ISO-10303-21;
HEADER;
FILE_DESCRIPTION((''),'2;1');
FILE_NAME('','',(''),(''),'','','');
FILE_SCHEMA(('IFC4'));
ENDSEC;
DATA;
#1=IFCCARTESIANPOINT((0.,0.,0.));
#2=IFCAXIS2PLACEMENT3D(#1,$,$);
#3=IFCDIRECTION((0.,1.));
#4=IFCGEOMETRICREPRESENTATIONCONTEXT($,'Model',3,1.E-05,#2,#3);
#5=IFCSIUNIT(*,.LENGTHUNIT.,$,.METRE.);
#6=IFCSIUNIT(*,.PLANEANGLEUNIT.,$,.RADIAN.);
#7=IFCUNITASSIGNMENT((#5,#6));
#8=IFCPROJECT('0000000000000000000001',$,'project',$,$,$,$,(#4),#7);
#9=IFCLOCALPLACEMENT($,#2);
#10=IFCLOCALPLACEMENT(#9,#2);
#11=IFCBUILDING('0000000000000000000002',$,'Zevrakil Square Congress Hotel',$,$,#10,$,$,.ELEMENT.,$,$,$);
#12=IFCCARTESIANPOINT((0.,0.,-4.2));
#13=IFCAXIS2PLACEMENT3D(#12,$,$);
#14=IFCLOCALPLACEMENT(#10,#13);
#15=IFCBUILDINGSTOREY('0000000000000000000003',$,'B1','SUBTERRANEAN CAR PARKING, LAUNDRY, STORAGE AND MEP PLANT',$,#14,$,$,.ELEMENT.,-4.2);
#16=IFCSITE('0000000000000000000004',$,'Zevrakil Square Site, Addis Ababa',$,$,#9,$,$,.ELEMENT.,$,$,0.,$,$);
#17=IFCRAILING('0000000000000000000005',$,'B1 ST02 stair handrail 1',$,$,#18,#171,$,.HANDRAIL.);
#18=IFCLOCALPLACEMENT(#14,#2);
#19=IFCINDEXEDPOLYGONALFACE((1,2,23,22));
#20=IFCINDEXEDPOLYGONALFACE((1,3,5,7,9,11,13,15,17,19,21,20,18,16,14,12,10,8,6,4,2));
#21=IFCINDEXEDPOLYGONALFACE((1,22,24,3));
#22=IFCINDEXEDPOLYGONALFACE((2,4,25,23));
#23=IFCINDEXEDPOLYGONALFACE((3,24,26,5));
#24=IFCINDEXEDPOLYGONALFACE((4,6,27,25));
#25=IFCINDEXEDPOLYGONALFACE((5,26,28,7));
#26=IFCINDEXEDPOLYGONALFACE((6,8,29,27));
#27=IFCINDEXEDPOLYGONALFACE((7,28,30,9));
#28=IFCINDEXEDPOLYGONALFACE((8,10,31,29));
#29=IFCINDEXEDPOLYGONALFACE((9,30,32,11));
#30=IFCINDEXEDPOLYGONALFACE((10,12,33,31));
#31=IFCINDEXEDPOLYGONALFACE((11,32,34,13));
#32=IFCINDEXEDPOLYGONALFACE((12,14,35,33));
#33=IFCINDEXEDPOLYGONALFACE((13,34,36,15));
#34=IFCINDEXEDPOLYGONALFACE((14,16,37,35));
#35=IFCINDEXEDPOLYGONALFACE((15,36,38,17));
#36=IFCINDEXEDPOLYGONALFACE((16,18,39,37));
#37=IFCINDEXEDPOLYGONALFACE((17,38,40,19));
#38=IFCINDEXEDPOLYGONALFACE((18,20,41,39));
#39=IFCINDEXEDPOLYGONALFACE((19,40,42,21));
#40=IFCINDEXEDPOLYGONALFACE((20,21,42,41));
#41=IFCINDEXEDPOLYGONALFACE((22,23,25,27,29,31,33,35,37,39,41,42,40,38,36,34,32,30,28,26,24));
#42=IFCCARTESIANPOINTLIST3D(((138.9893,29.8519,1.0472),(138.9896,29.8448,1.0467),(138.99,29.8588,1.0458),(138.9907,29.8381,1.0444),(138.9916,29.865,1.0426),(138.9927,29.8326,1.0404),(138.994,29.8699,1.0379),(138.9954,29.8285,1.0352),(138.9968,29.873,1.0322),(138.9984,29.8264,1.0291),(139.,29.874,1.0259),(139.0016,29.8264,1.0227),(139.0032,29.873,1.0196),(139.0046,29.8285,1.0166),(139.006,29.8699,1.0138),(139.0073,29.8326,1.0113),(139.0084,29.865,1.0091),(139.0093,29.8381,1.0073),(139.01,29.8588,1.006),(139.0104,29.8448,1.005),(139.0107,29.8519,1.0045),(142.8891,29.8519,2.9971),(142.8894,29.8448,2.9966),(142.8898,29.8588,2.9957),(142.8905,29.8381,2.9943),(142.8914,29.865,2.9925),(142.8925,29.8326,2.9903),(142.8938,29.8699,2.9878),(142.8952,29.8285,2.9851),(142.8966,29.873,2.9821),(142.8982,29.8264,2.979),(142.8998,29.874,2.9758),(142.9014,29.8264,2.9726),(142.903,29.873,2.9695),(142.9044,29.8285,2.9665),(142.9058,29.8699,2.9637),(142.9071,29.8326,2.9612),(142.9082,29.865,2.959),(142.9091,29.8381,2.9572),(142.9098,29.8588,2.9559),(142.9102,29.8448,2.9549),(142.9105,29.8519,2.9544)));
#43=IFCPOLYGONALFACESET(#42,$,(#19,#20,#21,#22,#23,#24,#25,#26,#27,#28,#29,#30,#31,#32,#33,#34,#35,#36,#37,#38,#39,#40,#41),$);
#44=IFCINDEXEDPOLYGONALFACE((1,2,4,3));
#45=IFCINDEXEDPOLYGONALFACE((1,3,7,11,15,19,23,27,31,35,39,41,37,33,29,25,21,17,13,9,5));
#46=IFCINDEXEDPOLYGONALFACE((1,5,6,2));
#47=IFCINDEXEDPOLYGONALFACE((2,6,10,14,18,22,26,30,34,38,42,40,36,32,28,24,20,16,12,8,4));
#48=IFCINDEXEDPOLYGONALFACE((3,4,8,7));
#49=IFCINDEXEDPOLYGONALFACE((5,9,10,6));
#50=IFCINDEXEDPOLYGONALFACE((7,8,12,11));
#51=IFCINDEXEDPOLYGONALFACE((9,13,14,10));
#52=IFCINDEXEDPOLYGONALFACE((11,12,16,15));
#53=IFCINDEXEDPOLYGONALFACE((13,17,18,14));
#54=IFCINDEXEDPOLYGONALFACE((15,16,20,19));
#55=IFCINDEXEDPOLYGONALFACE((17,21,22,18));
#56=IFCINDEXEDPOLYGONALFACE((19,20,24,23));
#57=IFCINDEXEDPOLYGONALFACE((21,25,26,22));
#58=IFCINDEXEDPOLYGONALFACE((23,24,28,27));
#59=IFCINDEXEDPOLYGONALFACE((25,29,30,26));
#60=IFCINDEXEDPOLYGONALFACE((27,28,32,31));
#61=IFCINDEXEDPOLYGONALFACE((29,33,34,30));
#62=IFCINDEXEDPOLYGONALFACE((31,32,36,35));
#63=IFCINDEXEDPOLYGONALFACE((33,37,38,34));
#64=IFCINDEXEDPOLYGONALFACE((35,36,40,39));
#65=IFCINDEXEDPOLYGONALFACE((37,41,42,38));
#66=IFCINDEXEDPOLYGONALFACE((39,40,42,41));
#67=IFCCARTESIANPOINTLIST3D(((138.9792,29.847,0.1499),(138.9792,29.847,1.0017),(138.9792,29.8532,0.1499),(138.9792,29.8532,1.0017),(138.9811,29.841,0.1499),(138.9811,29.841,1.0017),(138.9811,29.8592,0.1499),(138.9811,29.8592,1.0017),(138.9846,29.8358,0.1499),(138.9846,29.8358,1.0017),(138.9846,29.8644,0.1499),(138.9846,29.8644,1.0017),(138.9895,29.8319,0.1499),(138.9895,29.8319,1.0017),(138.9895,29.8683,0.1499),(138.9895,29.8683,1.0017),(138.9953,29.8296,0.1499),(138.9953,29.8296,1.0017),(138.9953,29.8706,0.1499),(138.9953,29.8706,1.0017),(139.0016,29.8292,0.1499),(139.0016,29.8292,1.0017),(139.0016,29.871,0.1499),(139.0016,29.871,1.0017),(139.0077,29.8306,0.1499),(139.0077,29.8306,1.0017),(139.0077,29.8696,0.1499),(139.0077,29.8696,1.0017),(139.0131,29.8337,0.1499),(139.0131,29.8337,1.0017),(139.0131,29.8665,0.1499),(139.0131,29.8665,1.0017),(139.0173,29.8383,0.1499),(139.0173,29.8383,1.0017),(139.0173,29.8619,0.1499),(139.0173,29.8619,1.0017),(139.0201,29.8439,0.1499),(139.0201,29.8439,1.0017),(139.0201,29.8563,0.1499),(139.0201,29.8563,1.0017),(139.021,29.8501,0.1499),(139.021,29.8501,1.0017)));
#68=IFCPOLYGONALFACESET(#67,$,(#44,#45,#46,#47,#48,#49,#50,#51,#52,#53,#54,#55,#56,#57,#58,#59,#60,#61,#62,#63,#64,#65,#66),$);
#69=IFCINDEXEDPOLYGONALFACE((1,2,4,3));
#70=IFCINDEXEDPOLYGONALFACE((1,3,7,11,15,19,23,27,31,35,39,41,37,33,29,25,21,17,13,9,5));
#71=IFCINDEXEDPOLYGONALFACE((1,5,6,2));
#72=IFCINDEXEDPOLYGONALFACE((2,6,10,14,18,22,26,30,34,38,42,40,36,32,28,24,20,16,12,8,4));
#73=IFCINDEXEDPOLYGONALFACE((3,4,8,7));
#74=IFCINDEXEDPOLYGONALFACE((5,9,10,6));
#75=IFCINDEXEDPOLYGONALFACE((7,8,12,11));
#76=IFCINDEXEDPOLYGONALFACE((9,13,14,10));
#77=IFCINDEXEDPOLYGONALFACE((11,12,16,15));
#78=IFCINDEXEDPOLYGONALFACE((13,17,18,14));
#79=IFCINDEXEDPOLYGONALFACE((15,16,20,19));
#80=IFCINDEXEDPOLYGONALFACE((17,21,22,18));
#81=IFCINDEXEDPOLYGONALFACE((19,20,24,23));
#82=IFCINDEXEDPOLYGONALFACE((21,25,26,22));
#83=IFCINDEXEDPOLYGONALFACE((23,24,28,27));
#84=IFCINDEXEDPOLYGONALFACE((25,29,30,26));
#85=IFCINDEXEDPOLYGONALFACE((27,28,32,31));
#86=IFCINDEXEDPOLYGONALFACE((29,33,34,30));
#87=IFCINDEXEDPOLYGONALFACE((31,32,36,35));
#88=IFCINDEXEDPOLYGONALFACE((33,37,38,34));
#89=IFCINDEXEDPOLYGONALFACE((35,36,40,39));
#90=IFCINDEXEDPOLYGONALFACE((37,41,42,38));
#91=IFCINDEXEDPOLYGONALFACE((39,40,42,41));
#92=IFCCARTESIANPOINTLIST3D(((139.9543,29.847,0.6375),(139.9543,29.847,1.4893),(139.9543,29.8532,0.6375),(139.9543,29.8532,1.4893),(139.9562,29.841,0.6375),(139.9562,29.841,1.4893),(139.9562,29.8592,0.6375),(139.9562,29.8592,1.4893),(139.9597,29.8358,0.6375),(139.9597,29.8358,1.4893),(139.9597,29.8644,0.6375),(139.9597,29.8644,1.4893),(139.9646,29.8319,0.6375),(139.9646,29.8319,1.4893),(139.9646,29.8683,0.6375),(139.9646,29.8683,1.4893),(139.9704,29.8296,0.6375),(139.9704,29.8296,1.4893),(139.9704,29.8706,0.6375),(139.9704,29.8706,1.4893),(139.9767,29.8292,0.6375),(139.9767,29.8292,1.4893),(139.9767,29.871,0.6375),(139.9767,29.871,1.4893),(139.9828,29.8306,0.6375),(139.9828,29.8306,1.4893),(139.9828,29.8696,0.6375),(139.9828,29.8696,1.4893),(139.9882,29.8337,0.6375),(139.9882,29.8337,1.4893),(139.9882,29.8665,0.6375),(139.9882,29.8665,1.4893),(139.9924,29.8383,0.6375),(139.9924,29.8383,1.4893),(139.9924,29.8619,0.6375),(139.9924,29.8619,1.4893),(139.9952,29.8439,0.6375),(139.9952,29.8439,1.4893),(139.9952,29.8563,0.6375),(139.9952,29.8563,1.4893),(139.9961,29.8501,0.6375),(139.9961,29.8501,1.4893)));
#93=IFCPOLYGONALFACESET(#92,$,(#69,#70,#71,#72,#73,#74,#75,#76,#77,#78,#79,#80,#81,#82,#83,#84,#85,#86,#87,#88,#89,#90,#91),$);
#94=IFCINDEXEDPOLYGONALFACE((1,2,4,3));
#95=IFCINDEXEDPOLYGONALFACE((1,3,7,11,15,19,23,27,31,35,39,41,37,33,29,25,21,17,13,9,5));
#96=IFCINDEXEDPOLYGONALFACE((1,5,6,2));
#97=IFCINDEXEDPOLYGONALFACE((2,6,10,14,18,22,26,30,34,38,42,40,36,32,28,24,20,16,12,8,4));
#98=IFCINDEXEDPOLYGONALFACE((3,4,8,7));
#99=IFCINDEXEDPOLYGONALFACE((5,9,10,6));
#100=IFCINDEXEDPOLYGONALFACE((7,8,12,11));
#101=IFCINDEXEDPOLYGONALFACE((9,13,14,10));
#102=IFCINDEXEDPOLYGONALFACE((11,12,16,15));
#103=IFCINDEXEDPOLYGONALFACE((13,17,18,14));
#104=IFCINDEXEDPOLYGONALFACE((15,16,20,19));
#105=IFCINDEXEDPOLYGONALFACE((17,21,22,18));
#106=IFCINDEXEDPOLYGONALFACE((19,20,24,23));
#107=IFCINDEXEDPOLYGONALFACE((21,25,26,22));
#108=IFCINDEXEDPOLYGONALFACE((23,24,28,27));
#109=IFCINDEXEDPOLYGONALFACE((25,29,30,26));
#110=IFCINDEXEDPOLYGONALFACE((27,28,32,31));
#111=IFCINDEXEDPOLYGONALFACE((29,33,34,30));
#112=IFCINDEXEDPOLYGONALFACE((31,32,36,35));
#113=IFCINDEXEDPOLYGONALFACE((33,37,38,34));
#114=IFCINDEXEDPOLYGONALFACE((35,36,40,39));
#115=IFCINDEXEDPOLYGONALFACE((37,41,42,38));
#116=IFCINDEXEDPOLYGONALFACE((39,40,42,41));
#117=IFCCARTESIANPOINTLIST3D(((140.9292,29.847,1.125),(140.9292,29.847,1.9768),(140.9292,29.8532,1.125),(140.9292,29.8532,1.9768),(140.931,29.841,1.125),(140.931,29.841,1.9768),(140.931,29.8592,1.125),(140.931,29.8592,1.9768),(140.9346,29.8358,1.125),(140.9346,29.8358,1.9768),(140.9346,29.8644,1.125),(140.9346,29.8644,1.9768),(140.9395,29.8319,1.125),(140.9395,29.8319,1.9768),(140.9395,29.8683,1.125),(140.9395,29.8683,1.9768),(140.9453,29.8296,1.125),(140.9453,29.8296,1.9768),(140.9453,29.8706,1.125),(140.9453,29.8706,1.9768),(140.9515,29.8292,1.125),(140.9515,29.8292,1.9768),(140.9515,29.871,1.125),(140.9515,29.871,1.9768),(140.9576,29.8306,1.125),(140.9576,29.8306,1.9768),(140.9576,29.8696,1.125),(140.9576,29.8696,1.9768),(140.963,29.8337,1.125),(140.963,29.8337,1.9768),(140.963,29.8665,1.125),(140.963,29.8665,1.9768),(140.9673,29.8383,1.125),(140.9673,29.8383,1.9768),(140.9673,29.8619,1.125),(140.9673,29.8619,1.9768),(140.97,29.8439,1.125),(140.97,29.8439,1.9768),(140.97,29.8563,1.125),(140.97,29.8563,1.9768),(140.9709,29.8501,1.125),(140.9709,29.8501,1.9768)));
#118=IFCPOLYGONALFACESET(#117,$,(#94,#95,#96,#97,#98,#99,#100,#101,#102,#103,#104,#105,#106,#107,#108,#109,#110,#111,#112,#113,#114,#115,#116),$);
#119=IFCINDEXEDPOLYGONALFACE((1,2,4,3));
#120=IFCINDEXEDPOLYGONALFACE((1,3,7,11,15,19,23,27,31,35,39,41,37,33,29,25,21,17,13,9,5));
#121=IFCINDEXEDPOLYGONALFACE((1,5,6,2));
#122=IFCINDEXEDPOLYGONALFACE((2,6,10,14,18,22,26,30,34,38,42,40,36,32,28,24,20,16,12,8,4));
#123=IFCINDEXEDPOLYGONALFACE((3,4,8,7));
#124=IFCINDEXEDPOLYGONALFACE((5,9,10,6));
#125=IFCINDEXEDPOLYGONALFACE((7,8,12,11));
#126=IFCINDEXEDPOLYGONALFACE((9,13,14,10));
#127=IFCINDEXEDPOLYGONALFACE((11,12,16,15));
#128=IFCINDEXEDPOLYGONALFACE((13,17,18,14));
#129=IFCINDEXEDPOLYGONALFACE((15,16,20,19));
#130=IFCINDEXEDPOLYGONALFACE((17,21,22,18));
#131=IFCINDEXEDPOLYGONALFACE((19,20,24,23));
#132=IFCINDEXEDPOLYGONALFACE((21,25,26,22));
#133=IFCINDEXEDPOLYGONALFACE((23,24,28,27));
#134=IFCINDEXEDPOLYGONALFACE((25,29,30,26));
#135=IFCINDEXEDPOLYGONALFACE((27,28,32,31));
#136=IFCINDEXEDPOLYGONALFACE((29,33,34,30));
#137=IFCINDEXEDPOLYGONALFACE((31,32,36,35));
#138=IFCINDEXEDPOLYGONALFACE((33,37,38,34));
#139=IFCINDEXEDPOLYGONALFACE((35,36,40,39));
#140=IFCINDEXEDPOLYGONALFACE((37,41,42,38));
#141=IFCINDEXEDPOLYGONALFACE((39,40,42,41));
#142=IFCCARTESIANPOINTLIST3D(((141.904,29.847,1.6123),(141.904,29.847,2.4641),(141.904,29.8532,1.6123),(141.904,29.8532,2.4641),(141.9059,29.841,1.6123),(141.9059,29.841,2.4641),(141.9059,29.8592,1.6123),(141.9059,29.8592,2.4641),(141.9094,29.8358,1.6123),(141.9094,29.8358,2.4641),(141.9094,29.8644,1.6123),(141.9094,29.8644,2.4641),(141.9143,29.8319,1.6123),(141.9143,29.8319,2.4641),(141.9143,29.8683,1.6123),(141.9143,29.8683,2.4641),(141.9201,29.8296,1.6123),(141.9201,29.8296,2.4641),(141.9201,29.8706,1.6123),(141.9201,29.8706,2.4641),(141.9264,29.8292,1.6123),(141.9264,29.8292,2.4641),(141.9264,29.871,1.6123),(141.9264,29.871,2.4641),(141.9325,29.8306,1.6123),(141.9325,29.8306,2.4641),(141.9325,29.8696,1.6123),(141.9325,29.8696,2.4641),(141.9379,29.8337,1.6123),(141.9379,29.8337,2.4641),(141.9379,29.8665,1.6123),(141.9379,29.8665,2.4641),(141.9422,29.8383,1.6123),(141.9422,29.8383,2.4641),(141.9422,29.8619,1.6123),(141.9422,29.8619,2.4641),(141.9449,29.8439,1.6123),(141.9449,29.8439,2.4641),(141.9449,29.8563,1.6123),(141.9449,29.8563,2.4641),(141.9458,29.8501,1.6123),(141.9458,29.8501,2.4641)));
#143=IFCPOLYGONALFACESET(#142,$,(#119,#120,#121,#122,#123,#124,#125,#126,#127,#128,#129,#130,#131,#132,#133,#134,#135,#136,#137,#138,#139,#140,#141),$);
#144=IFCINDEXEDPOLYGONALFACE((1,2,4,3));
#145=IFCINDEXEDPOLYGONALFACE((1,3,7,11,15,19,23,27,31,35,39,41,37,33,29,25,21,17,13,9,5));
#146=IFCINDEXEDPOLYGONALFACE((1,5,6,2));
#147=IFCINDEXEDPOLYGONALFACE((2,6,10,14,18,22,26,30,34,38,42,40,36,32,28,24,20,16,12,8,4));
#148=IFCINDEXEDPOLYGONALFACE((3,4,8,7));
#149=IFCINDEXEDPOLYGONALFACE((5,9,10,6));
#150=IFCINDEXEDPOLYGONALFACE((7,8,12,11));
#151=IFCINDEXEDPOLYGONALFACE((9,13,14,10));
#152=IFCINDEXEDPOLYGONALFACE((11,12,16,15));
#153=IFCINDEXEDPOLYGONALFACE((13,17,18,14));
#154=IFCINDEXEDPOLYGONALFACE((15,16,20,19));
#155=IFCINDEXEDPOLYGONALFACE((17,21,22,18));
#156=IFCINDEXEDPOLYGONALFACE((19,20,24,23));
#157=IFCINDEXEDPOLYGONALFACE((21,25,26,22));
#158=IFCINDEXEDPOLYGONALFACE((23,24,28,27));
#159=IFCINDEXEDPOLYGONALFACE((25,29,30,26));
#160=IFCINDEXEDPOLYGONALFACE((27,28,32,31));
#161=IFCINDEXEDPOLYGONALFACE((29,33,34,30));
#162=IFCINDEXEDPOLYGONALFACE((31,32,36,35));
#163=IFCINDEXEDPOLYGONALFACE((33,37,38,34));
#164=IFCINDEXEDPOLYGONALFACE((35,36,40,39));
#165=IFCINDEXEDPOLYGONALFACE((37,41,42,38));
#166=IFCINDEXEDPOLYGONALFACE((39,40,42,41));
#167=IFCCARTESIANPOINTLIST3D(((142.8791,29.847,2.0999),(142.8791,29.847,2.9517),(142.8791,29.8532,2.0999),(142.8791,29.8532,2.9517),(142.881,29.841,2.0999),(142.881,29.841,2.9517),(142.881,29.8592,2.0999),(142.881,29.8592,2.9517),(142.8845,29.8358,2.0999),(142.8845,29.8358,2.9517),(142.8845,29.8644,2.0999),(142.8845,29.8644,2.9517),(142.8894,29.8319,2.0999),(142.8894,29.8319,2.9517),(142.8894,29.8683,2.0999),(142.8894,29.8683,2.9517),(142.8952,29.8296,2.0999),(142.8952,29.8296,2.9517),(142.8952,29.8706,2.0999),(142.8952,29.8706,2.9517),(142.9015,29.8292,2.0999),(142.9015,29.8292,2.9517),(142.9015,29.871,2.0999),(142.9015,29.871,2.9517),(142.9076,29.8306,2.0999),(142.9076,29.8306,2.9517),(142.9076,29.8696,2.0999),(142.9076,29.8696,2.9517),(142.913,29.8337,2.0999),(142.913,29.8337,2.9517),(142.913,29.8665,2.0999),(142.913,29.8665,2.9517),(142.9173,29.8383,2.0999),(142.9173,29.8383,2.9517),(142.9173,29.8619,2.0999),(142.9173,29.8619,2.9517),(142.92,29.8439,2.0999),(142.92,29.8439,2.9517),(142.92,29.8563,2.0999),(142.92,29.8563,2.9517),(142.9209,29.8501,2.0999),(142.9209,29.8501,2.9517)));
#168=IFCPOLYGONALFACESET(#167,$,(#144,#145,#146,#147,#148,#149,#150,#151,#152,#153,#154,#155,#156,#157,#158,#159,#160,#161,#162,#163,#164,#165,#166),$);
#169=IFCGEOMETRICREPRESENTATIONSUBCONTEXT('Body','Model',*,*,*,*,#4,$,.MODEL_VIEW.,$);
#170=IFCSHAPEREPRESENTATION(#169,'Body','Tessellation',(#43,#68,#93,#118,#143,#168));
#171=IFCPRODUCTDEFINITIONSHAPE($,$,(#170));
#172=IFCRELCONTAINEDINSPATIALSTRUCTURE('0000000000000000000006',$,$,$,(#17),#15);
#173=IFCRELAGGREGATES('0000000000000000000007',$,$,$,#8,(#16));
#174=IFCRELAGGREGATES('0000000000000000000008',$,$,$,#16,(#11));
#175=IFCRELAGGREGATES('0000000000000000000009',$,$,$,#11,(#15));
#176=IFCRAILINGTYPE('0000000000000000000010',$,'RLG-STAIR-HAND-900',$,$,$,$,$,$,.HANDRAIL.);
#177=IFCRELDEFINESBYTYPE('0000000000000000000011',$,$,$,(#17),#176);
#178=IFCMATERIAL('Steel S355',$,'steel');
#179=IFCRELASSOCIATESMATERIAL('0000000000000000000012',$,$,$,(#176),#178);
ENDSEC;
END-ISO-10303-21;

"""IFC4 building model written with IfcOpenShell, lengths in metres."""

from ifc_helpers import new_model, si_unit, direction, frame, origin, origin_2d, place, context, subcontext, project, spatial, circle, extrude, material, type_object, element, save


model = new_model("IFC4")

# Units and contexts
model_context = context("Model", 3, precision=1e-05, world=origin(), true_north=direction((0.0, 1.0)))
body_context = subcontext(model_context, "Body", "Model", "MODEL_VIEW")
ifc_project = project(units=[si_unit("LENGTHUNIT", "METRE"), si_unit("PLANEANGLEUNIT", "RADIAN")], contexts=[model_context])

# Site, building, storey
site_placement = place(None, origin())
site = spatial("IfcSite", under=ifc_project, at=site_placement, Name="Zevrakil Square Site, Addis Ababa", CompositionType="ELEMENT", RefElevation=0.0)
building_placement = place(site_placement, origin())
building = spatial("IfcBuilding", under=site, at=building_placement, Name="Zevrakil Square Congress Hotel", CompositionType="ELEMENT")
storey_placement = place(building_placement, frame((0.0, 0.0, -4.2)))
storey = spatial("IfcBuildingStorey", under=building, at=storey_placement, Name="B1", Description="SUBTERRANEAN CAR PARKING, LAUNDRY, STORAGE AND MEP PLANT", CompositionType="ELEMENT", Elevation=-4.2)

# Railing
ifc_material_1 = material(Name="Steel S355", Category="steel")
railing_type_1 = type_object("IfcRailingType", Name="RLG-STAIR-HAND-900", PredefinedType="HANDRAIL", material=ifc_material_1)
railing_1_placement = place(storey_placement, frame((139.0, 29.8501, 0.1499)))
element("IfcRailing", 1, at=railing_1_placement, inside=storey, type_object=railing_type_1, Name="B1 ST02 stair handrail 1", PredefinedType="HANDRAIL", context=body_context, shape_type="SweptSolid", body=[
    extrude(circle(Radius=0.0239, at=origin_2d()), frame((0.0, 0.0, 0.876), z_axis=(0.894427, 0.0, 0.447214), x_axis=(0.0, 1.0, 0.0)), (0.0, 0.0, 1.0), 4.3601),
    extrude(circle(Radius=0.021, at=origin_2d()), origin(), (0.0, 0.0, 1.0), 0.8518),
    extrude(circle(Radius=0.021, at=origin_2d()), frame((0.9751, 0.0, 0.4875)), (0.0, 0.0, 1.0), 0.8518),
    extrude(circle(Radius=0.021, at=origin_2d()), frame((1.95, 0.0, 0.9751)), (0.0, 0.0, 1.0), 0.8518),
    extrude(circle(Radius=0.021, at=origin_2d()), frame((2.9248, 0.0, 1.4624)), (0.0, 0.0, 1.0), 0.8518),
    extrude(circle(Radius=0.021, at=origin_2d()), frame((3.8999, 0.0, 1.95)), (0.0, 0.0, 1.0), 0.8518),
])

save(model, "model.ifc")
